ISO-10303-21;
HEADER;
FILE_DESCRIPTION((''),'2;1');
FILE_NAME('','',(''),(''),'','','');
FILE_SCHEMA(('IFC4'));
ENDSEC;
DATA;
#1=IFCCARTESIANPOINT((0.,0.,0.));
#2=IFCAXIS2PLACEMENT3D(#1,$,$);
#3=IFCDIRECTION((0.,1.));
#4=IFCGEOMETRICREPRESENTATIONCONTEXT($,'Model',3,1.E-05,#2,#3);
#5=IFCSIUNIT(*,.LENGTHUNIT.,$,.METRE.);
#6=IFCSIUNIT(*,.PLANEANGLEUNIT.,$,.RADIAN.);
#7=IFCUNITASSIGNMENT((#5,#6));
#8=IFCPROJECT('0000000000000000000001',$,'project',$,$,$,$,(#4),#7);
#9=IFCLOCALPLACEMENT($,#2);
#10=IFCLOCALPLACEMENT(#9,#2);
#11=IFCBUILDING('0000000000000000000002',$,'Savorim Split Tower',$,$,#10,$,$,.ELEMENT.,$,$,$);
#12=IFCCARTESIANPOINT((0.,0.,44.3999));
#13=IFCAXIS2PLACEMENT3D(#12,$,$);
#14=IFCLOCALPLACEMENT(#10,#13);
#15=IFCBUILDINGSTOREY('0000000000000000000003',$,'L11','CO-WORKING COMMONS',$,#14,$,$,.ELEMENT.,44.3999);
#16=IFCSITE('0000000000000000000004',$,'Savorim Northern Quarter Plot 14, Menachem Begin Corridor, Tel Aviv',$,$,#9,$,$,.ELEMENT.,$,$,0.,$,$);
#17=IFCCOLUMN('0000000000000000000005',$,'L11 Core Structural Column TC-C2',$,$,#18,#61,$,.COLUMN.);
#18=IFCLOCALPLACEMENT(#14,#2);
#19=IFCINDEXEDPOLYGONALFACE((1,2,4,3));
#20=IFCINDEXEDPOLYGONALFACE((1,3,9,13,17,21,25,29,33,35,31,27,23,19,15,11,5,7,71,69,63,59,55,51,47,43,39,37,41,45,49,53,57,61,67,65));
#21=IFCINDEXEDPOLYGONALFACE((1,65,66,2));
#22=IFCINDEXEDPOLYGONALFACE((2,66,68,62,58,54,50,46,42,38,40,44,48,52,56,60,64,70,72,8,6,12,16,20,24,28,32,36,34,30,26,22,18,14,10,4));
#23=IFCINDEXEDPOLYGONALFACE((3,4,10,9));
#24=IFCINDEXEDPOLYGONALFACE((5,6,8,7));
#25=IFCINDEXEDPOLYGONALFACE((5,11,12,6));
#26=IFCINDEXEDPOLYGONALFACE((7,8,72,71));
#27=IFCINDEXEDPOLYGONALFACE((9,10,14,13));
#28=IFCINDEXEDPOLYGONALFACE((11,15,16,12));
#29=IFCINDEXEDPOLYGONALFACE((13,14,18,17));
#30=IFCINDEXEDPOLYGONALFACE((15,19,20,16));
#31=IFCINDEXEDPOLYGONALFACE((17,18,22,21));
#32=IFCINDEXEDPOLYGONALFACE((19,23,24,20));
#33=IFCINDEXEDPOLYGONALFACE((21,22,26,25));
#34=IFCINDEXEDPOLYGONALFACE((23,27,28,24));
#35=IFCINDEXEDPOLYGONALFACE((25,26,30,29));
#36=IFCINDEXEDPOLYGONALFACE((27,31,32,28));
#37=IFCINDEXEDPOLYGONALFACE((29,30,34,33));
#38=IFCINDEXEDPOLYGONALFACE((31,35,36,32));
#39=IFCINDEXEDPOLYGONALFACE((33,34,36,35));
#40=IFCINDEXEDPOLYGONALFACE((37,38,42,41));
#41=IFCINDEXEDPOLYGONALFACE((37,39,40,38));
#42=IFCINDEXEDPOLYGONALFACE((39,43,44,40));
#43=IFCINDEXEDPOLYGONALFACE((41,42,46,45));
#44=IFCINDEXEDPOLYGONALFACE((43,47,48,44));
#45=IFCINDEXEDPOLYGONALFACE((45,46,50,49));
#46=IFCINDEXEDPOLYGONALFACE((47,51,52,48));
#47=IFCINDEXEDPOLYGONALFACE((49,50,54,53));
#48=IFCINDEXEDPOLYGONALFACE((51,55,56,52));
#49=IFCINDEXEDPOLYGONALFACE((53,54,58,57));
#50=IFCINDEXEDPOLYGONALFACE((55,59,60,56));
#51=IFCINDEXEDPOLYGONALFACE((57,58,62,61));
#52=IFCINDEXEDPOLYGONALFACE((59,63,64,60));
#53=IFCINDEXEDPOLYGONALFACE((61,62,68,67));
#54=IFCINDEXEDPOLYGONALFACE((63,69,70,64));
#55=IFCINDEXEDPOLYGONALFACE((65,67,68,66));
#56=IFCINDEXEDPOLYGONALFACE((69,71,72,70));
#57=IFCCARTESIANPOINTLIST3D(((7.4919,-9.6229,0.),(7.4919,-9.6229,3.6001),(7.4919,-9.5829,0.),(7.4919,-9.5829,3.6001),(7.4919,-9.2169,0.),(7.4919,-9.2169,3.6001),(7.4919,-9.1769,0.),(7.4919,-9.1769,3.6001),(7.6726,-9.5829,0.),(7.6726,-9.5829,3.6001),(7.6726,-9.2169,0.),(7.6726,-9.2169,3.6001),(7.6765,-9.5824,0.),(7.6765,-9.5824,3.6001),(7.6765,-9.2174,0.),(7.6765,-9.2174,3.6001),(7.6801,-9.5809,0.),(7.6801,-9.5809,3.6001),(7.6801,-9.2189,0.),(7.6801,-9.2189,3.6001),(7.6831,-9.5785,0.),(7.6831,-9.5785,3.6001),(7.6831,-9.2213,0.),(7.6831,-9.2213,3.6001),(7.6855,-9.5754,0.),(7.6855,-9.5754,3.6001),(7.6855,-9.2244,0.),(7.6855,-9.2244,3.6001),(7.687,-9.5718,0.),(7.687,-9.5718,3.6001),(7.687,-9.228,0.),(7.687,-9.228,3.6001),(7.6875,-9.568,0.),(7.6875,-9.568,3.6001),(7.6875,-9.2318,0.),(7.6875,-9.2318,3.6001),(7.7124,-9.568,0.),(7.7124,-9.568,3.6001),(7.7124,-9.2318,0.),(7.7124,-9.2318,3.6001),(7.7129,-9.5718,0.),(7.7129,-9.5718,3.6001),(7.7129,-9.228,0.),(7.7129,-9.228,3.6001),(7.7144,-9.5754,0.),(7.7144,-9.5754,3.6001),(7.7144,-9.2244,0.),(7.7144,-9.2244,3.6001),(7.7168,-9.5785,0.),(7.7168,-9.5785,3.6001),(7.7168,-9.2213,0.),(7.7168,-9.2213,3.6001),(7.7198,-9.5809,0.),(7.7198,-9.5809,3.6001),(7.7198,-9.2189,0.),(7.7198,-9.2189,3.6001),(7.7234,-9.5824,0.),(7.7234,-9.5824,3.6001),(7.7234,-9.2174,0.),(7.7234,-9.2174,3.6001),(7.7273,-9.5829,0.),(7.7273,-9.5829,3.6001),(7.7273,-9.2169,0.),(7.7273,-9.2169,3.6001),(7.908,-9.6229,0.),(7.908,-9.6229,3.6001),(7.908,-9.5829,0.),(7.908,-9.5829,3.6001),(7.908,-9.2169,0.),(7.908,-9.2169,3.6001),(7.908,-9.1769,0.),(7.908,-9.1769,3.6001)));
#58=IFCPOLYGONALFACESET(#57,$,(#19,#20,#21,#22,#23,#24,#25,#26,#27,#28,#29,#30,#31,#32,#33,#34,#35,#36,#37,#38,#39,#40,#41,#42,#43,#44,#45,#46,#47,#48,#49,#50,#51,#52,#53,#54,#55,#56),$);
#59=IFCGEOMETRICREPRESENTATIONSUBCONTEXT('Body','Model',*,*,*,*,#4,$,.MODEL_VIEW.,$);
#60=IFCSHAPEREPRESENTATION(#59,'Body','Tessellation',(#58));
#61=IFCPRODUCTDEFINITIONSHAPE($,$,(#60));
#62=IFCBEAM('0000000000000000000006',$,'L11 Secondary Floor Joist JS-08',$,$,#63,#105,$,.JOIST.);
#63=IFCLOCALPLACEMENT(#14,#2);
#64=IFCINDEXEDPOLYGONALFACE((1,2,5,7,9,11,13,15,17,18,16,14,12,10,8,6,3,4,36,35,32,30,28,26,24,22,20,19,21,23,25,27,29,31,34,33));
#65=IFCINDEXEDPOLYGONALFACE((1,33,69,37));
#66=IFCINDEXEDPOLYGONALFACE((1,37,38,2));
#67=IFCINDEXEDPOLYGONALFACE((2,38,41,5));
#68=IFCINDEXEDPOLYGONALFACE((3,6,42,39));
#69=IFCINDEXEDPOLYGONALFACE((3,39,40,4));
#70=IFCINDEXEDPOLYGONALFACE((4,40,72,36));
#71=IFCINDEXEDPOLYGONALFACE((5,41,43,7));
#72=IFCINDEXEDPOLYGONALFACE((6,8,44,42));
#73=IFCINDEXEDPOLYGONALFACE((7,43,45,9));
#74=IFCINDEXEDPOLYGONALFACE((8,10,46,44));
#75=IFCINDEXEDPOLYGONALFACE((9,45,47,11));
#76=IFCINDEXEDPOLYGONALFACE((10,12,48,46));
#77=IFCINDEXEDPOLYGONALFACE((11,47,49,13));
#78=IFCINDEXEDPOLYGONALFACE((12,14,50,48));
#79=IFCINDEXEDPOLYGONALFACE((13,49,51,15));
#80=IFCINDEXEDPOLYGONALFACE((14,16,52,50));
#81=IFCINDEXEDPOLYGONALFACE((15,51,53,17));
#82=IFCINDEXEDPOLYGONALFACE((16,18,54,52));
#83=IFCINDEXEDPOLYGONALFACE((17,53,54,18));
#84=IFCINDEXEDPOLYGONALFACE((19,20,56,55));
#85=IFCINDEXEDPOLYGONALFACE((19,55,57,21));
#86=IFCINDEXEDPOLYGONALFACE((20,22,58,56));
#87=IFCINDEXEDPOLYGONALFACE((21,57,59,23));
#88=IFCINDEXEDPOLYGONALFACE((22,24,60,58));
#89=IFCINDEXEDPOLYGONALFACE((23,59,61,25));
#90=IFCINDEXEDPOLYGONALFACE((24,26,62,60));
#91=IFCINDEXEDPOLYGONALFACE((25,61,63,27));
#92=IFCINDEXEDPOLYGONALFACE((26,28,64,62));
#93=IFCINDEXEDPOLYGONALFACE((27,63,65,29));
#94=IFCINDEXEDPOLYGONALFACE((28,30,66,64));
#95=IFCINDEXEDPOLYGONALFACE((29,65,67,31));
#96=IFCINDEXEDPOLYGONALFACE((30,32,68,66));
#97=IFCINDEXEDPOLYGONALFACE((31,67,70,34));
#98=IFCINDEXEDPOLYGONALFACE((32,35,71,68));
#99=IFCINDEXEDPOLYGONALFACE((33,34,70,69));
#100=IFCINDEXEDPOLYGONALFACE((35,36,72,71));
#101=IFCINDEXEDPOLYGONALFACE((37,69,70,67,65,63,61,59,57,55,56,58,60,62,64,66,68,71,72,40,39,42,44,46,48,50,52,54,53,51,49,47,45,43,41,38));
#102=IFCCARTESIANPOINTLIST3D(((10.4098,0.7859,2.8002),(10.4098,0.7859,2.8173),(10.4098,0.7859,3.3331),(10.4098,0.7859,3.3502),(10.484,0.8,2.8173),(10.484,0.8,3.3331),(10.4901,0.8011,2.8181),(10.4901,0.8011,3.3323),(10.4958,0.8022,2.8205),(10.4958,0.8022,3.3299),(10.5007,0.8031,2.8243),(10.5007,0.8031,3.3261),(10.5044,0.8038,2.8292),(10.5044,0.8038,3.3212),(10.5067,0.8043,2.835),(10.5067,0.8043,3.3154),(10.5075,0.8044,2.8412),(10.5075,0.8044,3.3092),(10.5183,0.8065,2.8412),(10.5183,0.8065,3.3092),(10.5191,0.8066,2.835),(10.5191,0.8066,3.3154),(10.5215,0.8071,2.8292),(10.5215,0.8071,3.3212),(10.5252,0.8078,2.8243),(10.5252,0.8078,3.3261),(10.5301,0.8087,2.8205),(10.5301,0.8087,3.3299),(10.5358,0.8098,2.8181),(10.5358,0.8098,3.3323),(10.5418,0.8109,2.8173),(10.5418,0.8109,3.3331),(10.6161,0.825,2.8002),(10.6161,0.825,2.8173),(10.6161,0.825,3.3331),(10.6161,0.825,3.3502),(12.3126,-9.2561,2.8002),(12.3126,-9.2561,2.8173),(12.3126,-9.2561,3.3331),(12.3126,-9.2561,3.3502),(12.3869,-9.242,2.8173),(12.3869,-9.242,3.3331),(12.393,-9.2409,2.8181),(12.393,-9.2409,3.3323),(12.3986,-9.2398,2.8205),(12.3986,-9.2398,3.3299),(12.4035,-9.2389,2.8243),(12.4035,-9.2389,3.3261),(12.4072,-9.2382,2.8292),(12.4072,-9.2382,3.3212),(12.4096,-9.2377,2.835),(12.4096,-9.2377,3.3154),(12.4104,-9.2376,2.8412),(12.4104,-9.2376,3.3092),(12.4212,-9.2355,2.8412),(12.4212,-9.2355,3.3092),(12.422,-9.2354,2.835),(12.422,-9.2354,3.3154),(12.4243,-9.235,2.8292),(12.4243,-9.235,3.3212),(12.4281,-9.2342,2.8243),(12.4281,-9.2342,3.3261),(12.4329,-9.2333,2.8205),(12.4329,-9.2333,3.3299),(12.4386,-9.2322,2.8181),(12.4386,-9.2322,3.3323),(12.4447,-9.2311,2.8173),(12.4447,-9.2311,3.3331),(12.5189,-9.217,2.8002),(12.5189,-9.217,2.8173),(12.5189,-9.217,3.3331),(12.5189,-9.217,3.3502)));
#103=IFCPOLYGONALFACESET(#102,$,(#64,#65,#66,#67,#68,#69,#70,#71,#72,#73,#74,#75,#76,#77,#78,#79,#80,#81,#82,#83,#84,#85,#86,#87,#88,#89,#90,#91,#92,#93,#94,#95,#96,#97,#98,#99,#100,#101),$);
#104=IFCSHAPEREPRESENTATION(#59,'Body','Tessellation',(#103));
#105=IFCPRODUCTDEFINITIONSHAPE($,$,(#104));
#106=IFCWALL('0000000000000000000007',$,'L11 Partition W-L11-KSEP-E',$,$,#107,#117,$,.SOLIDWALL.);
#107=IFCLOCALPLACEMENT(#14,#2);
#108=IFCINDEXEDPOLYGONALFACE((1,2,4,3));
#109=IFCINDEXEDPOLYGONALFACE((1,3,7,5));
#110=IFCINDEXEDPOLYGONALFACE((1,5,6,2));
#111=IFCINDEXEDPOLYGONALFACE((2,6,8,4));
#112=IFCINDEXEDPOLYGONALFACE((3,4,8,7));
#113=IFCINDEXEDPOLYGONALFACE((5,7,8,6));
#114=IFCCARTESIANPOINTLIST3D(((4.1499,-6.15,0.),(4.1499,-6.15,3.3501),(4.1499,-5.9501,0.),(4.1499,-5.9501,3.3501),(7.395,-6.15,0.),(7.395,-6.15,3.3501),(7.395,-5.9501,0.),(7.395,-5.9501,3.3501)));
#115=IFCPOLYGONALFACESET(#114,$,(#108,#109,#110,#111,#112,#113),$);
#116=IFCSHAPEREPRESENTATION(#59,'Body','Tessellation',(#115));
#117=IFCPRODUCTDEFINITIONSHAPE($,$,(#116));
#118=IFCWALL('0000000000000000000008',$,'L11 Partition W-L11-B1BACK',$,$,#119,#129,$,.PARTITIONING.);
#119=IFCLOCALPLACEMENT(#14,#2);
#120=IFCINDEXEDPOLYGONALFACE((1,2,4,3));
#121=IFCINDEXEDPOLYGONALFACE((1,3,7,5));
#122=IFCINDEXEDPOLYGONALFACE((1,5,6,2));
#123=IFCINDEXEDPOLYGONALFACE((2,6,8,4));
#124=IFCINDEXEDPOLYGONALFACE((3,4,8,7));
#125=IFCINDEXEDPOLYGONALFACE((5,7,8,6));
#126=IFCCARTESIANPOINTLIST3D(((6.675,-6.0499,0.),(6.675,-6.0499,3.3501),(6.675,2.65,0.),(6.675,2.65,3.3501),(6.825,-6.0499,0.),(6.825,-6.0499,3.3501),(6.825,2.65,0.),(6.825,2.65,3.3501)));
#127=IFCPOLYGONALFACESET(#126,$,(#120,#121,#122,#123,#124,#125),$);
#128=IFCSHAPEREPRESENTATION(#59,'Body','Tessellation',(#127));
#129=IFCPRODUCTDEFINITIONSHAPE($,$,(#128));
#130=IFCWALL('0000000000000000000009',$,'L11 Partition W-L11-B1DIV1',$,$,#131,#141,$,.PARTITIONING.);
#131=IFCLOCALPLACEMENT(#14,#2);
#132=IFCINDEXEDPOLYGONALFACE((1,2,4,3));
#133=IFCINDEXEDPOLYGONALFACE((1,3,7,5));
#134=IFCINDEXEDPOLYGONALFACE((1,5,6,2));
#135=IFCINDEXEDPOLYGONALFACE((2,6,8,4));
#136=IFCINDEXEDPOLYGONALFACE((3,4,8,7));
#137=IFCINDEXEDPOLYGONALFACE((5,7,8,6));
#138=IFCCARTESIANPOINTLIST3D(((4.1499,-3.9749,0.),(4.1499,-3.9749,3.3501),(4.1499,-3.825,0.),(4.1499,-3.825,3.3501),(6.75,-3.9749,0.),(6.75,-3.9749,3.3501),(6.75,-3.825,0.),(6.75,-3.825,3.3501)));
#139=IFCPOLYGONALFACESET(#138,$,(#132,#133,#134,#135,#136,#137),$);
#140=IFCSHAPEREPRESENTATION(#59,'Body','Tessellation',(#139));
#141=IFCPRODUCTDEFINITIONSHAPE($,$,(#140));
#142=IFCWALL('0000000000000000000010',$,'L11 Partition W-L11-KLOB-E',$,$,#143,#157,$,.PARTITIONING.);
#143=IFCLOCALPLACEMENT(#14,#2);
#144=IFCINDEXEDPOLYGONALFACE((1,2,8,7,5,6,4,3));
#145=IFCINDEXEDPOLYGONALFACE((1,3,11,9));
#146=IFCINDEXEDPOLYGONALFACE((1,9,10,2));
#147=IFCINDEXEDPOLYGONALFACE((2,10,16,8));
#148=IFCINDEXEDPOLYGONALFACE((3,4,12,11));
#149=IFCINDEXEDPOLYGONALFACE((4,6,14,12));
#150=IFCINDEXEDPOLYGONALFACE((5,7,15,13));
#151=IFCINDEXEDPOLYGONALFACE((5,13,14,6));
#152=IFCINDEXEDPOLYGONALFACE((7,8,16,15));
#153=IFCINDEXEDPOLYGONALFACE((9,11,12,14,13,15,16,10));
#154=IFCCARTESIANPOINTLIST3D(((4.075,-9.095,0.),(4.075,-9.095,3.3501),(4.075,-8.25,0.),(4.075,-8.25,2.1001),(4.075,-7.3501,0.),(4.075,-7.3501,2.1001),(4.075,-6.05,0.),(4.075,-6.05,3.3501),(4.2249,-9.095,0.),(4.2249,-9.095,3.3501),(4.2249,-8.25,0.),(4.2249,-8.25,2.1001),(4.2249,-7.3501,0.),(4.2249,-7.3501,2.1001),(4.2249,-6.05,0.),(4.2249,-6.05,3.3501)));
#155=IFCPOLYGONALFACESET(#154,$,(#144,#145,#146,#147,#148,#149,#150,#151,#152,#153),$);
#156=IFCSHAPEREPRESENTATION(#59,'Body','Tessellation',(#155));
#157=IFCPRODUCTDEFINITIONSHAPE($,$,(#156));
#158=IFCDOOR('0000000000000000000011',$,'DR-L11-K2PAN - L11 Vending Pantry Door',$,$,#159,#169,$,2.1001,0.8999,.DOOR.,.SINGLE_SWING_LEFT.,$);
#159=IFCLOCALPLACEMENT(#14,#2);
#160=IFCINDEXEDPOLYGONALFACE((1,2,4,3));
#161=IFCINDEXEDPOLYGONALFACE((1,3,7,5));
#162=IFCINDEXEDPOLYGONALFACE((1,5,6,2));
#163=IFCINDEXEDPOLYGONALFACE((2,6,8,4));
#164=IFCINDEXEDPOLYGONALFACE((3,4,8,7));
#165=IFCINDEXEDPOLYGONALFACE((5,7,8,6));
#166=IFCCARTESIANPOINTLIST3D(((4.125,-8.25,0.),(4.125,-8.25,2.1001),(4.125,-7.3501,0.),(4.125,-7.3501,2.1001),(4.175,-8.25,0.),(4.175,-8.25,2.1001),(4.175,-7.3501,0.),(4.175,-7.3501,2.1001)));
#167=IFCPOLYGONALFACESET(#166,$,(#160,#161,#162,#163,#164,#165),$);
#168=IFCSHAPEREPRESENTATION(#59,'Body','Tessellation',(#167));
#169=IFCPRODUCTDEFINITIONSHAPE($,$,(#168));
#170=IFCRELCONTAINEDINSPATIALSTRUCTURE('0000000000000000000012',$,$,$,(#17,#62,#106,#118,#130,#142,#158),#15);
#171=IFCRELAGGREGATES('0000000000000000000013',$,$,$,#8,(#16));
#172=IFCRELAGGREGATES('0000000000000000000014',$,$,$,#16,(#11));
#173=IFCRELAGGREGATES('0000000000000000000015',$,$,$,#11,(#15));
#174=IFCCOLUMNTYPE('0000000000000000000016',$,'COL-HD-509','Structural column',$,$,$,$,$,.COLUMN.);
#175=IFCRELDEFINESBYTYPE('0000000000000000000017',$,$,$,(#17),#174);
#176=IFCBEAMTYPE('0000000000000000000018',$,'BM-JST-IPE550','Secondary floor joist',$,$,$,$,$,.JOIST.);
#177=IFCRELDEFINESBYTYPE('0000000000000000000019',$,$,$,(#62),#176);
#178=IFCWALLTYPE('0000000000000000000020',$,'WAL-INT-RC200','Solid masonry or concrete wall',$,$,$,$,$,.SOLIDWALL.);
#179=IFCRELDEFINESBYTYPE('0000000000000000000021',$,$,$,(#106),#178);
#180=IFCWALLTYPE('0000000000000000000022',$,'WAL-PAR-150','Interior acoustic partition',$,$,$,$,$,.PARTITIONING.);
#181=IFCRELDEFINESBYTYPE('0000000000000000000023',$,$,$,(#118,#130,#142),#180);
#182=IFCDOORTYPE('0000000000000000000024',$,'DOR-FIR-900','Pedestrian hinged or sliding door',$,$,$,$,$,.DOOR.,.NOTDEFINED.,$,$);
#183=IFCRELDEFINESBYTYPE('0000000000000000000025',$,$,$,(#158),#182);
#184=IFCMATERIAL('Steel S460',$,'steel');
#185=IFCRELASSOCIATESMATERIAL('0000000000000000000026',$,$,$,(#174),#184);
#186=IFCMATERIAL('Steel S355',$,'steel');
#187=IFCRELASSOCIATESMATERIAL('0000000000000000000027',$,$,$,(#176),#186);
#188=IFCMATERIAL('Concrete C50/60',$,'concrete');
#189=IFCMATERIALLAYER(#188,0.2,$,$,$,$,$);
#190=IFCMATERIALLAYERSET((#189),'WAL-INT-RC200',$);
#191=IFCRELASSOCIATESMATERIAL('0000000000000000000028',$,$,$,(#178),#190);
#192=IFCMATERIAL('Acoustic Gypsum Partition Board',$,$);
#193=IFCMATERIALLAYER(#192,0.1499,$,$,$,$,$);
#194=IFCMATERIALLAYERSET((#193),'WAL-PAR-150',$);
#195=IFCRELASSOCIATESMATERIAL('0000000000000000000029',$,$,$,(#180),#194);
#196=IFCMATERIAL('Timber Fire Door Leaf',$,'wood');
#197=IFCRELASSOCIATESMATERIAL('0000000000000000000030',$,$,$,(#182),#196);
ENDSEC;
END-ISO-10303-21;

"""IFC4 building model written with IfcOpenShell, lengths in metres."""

from ifc_helpers import new_model, si_unit, direction, frame, frame_2d, origin, origin_2d, place, context, subcontext, project, spatial, rectangle, i_section, extrude, material, layer, layer_set, material_profile, profile_set, type_object, element, fill, save


model = new_model("IFC4")

# Units and contexts
model_context = context("Model", 3, precision=1e-05, world=origin(), true_north=direction((0.0, 1.0)))
body_context = subcontext(model_context, "Body", "Model", "MODEL_VIEW")
ifc_project = project(units=[si_unit("LENGTHUNIT", "METRE"), si_unit("PLANEANGLEUNIT", "RADIAN")], contexts=[model_context])

# Site, building, storey
site_placement = place(None, origin())
site = spatial("IfcSite", under=ifc_project, at=site_placement, Name="Savorim Northern Quarter Plot 14, Menachem Begin Corridor, Tel Aviv", CompositionType="ELEMENT", RefElevation=0.0)
building_placement = place(site_placement, origin())
building = spatial("IfcBuilding", under=site, at=building_placement, Name="Savorim Split Tower", CompositionType="ELEMENT")
storey_placement = place(building_placement, frame((0.0, 0.0, 44.3999)))
storey = spatial("IfcBuildingStorey", under=building, at=storey_placement, Name="L11", Description="CO-WORKING COMMONS", CompositionType="ELEMENT", Elevation=44.3999)

# Column
ifc_material_1 = material(Name="Steel S460", Category="steel")
ifc_material_profile_1 = material_profile(ifc_material_1, i_section(OverallWidth=0.416, OverallDepth=0.446, WebThickness=0.0249, FlangeThickness=0.04, FilletRadius=0.0149, at=origin_2d()), Name="HD 400x509")
ifc_profile_set_1 = profile_set([ifc_material_profile_1], Name="Steel S460")
column_type = type_object("IfcColumnType", Name="COL-HD-509", Description="Structural column", PredefinedType="COLUMN", material=ifc_profile_set_1)
column_placement = place(storey_placement, frame((7.7, -9.3999, 0.0), z_axis=(0.0, 0.0, 1.0), x_axis=(1.0, 0.0, 0.0)))
element("IfcColumn", 1, at=column_placement, inside=storey, type_object=column_type, Name="L11 Core Structural Column TC-C2", PredefinedType="COLUMN", context=body_context, shape_type="SweptSolid", body=[
    extrude(i_section(OverallWidth=0.416, OverallDepth=0.446, WebThickness=0.0249, FlangeThickness=0.04, FilletRadius=0.0149, at=origin_2d()), origin(), (0.0, 0.0, 1.0), 3.6001),
])

# Beam
ifc_material_2 = material(Name="Steel S355", Category="steel")
ifc_material_profile_2 = material_profile(ifc_material_2, i_section(OverallWidth=0.21, OverallDepth=0.55, WebThickness=0.011, FlangeThickness=0.0171, FilletRadius=0.0239, at=origin_2d()), Name="IPE 550")
ifc_profile_set_2 = profile_set([ifc_material_profile_2], Name="Steel S355")
beam_type = type_object("IfcBeamType", Name="BM-JST-IPE550", Description="Secondary floor joist", PredefinedType="JOIST", material=ifc_profile_set_2)
beam_placement = place(storey_placement, frame((12.4158, -9.2366, 3.0752), z_axis=(-0.186175, 0.982517, 0.0), x_axis=(-0.982517, -0.186175, 0.0)))
element("IfcBeam", 2, at=beam_placement, inside=storey, type_object=beam_type, Name="L11 Secondary Floor Joist JS-08", PredefinedType="JOIST", context=body_context, shape_type="SweptSolid", body=[
    extrude(i_section(OverallWidth=0.21, OverallDepth=0.55, WebThickness=0.011, FlangeThickness=0.0171, FilletRadius=0.0239, at=origin_2d()), origin(), (0.0, 0.0, 1.0), 10.2207),
])

# Shared definitions
ifc_material_3 = material(Name="Concrete C50/60", Category="concrete")
ifc_layer_1 = layer(ifc_material_3, 0.2)
ifc_layer_set_1 = layer_set([ifc_layer_1], Name="WAL-INT-RC200")
wall_type_1 = type_object("IfcWallType", Name="WAL-INT-RC200", Description="Solid masonry or concrete wall", PredefinedType="SOLIDWALL", material=ifc_layer_set_1)

# Walls
wall_1_placement = place(storey_placement, frame((4.1499, -6.05, 0.0), z_axis=(0.0, 0.0, 1.0), x_axis=(1.0, 0.0, 0.0)))
element("IfcWall", 3, at=wall_1_placement, inside=storey, type_object=wall_type_1, Name="L11 Partition W-L11-KSEP-E", PredefinedType="SOLIDWALL", context=body_context, shape_type="SweptSolid", body=[
    extrude(rectangle(XDim=3.2451, YDim=0.2, at=frame_2d((1.6226, 0.0))), origin(), (0.0, 0.0, 1.0), 3.3501),
])
ifc_material_4 = material(Name="Acoustic Gypsum Partition Board")
ifc_layer_2 = layer(ifc_material_4, 0.1499)
ifc_layer_set_2 = layer_set([ifc_layer_2], Name="WAL-PAR-150")
wall_type_2 = type_object("IfcWallType", Name="WAL-PAR-150", Description="Interior acoustic partition", PredefinedType="PARTITIONING", material=ifc_layer_set_2)
wall_2_placement = place(storey_placement, frame((6.75, -6.05, 0.0), z_axis=(0.0, 0.0, 1.0), x_axis=(0.0, 1.0, 0.0)))
element("IfcWall", 4, at=wall_2_placement, inside=storey, type_object=wall_type_2, Name="L11 Partition W-L11-B1BACK", PredefinedType="PARTITIONING", context=body_context, shape_type="SweptSolid", body=[
    extrude(rectangle(XDim=8.7, YDim=0.1499, at=frame_2d((4.3501, 0.0))), origin(), (0.0, 0.0, 1.0), 3.3501),
])
wall_3_placement = place(storey_placement, frame((4.1499, -3.8999, 0.0), z_axis=(0.0, 0.0, 1.0), x_axis=(1.0, 0.0, 0.0)))
element("IfcWall", 5, at=wall_3_placement, inside=storey, type_object=wall_type_2, Name="L11 Partition W-L11-B1DIV1", PredefinedType="PARTITIONING", context=body_context, shape_type="SweptSolid", body=[
    extrude(rectangle(XDim=2.6001, YDim=0.1499, at=frame_2d((1.3, 0.0))), origin(), (0.0, 0.0, 1.0), 3.3501),
])

# Wall, opening, door
wall_4_placement = place(storey_placement, frame((4.1499, -9.095, 0.0), z_axis=(0.0, 0.0, 1.0), x_axis=(0.0, 1.0, 0.0)))
wall_4 = element("IfcWall", 6, at=wall_4_placement, inside=storey, type_object=wall_type_2, Name="L11 Partition W-L11-KLOB-E", PredefinedType="PARTITIONING", context=body_context, shape_type="SweptSolid", body=[
    extrude(rectangle(XDim=3.0449, YDim=0.1499, at=frame_2d((1.5225, 0.0))), origin(), (0.0, 0.0, 1.0), 3.3501),
])
opening_1_placement = place(wall_4_placement, frame((0.845, 0.0, 0.0)))
opening_1 = element("IfcOpeningElement", 7, at=opening_1_placement, cuts=wall_4, PredefinedType="OPENING", context=body_context, shape_type="SweptSolid", body=[
    extrude(rectangle(XDim=0.8999, YDim=2.1001, at=frame_2d((0.45, 1.05))), frame((0.0, 0.085, 0.0), z_axis=(0.0, -1.0, 0.0), x_axis=(1.0, 0.0, 0.0)), (0.0, 0.0, 1.0), 0.1699),
])
ifc_material_5 = material(Name="Timber Fire Door Leaf", Category="wood")
door_type_1 = type_object("IfcDoorType", Name="DOR-FIR-900", Description="Pedestrian hinged or sliding door", OperationType="NOTDEFINED", PredefinedType="DOOR", material=ifc_material_5)
door_1_placement = place(opening_1_placement, origin())
door_1 = element("IfcDoor", 8, at=door_1_placement, inside=storey, type_object=door_type_1, Name="DR-L11-K2PAN - L11 Vending Pantry Door", OperationType="SINGLE_SWING_LEFT", OverallHeight=2.1001, OverallWidth=0.8999, PredefinedType="DOOR", context=body_context, shape_type="SweptSolid", body=[
    extrude(rectangle(XDim=0.8999, YDim=2.1001, at=frame_2d((0.45, 1.05))), frame((0.0, 0.0249, 0.0), z_axis=(0.0, -1.0, 0.0), x_axis=(1.0, 0.0, 0.0)), (0.0, 0.0, 1.0), 0.05),
])
fill(opening_1, door_1)

save(model, "model.ifc")
